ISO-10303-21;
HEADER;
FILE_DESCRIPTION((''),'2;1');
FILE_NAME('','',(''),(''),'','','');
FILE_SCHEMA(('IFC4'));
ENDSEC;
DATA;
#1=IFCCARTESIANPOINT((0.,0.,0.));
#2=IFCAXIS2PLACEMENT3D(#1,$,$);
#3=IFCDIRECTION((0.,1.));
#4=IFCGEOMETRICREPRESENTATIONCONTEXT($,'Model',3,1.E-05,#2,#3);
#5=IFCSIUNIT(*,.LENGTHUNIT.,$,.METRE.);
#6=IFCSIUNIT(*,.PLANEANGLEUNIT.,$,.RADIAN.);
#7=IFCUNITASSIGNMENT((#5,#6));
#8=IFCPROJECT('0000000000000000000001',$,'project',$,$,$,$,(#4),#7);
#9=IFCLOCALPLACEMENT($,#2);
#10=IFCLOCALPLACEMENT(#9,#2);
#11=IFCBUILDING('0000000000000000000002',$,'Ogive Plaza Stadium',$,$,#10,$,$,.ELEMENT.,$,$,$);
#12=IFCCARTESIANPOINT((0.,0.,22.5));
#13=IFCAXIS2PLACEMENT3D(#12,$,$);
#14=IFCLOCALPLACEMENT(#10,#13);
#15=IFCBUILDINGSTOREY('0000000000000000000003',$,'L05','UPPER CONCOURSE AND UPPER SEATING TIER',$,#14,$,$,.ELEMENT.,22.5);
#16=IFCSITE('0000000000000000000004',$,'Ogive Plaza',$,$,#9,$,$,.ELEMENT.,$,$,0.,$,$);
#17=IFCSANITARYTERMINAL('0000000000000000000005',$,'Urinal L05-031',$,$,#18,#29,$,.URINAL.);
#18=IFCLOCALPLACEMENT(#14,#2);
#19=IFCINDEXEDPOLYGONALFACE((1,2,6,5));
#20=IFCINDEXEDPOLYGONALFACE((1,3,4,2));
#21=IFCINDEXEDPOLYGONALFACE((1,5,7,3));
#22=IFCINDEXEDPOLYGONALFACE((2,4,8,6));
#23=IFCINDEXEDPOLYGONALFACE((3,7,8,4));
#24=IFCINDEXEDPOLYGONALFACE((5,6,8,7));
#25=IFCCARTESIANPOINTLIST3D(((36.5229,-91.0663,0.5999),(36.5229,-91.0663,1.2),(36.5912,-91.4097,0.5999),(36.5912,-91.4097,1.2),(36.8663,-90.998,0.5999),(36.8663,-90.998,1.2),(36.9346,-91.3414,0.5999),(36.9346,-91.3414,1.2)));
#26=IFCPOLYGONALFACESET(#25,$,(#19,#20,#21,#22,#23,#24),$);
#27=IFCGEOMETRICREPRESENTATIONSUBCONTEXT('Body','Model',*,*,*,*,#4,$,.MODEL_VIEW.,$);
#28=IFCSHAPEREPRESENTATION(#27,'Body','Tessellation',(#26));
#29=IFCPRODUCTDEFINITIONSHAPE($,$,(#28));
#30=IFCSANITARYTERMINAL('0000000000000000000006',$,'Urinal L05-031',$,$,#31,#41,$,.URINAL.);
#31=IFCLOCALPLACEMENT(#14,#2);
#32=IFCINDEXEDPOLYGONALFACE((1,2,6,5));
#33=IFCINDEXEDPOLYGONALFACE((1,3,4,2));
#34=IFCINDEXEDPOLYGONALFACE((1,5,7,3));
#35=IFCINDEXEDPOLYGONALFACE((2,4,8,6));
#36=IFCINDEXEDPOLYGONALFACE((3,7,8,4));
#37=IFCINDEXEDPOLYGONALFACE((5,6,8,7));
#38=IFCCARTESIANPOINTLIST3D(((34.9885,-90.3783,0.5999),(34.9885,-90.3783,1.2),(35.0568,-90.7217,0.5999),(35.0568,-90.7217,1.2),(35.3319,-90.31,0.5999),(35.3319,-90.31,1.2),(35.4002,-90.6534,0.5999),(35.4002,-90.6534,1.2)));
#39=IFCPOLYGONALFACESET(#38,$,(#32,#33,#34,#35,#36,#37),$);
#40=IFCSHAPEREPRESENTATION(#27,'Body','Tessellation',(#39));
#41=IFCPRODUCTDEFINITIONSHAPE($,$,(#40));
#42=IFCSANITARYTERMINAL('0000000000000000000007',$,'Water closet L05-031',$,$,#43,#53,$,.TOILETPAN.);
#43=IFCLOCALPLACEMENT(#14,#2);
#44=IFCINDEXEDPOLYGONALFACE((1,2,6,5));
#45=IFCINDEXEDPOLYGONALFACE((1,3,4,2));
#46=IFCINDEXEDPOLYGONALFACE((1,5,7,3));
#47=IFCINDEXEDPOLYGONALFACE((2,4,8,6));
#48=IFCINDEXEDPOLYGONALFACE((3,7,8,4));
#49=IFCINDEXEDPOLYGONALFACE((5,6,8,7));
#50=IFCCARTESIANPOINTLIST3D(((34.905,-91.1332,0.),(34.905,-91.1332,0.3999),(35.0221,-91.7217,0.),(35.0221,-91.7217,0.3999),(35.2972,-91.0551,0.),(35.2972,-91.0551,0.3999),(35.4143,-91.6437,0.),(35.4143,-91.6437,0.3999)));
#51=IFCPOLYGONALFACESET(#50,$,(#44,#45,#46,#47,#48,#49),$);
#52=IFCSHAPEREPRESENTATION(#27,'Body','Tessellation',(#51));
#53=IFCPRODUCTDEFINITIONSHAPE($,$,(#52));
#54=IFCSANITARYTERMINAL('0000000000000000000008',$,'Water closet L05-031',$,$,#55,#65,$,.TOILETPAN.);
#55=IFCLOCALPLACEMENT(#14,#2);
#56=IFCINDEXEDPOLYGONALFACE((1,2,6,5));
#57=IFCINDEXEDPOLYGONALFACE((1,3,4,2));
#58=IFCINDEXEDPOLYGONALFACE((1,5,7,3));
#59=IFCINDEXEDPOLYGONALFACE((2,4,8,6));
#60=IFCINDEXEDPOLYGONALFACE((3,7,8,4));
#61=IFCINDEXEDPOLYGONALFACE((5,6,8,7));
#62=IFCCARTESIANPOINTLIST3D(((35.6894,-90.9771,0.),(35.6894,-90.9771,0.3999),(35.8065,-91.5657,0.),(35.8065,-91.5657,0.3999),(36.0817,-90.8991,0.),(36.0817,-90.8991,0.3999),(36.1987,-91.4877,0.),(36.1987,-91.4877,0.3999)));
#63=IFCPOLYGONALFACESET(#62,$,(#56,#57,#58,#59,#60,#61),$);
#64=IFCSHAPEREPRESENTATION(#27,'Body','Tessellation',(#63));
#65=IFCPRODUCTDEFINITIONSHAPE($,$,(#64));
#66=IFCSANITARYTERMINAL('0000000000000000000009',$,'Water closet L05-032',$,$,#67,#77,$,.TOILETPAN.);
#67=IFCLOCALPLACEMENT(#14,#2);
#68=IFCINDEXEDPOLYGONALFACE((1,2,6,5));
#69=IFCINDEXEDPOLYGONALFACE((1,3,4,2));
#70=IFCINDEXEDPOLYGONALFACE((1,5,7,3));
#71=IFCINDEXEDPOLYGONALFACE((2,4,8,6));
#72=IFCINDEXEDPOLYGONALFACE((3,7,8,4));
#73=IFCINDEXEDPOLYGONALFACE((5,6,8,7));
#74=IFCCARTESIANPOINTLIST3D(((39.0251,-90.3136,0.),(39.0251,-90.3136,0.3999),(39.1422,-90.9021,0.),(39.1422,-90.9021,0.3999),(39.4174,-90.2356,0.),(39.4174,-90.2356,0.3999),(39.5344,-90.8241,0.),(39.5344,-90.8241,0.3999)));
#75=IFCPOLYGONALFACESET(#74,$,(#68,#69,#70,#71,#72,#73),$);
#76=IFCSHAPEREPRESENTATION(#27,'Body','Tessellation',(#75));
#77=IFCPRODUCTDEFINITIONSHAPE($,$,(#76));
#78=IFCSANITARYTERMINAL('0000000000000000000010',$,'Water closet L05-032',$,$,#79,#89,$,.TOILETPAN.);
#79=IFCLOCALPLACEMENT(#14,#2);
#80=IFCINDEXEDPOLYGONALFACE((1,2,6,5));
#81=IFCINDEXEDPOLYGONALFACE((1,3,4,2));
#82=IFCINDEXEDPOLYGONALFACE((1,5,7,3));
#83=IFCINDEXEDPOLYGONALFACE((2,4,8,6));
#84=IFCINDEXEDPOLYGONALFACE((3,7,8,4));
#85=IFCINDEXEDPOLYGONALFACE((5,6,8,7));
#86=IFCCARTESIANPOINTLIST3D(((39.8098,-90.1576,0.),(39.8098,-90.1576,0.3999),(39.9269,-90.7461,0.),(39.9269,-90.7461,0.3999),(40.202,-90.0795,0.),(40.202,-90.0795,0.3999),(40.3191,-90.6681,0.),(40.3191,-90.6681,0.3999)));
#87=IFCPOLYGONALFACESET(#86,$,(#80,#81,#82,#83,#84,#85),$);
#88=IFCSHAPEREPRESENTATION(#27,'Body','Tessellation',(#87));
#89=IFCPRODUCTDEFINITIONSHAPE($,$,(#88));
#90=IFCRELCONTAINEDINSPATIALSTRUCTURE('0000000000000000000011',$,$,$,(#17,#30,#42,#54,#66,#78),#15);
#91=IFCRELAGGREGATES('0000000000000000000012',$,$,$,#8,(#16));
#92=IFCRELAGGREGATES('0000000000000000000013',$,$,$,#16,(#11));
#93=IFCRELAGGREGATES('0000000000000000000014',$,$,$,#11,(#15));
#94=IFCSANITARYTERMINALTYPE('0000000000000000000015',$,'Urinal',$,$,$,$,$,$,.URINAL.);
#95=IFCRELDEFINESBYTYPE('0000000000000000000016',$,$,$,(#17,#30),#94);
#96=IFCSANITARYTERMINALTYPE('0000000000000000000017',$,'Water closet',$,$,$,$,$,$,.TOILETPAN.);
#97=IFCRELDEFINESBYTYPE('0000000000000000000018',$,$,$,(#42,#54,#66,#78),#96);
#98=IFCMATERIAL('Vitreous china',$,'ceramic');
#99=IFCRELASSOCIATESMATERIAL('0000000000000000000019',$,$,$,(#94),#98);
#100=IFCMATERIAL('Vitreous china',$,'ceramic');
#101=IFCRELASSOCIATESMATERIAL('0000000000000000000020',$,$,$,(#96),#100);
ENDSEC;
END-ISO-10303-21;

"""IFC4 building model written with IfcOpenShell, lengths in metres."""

from ifc_helpers import new_model, si_unit, direction, frame, origin, origin_2d, place, context, subcontext, project, spatial, rectangle, extrude, material, type_object, element, save


model = new_model("IFC4")

# Units and contexts
model_context = context("Model", 3, precision=1e-05, world=origin(), true_north=direction((0.0, 1.0)))
body_context = subcontext(model_context, "Body", "Model", "MODEL_VIEW")
ifc_project = project(units=[si_unit("LENGTHUNIT", "METRE"), si_unit("PLANEANGLEUNIT", "RADIAN")], contexts=[model_context])

# Site, building, storey
site_placement = place(None, origin())
site = spatial("IfcSite", under=ifc_project, at=site_placement, Name="Ogive Plaza", CompositionType="ELEMENT", RefElevation=0.0)
building_placement = place(site_placement, origin())
building = spatial("IfcBuilding", under=site, at=building_placement, Name="Ogive Plaza Stadium", CompositionType="ELEMENT")
storey_placement = place(building_placement, frame((0.0, 0.0, 22.5)))
storey = spatial("IfcBuildingStorey", under=building, at=storey_placement, Name="L05", Description="UPPER CONCOURSE AND UPPER SEATING TIER", CompositionType="ELEMENT", Elevation=22.5)

# Sanitary terminals
ifc_material_1 = material(Name="Vitreous china", Category="ceramic")
sanitary_terminal_type_1 = type_object("IfcSanitaryTerminalType", Name="Urinal", PredefinedType="URINAL", material=ifc_material_1)
for number, where, z_axis, x_axis, name in (
    (1, (36.7288, -91.2039, 0.5999), (0.0, 0.0, 1.0), (0.980785, 0.19509, 0.0), "Urinal L05-031"),
    (2, (35.1943, -90.5159, 0.5999), (0.0, 0.0, 1.0), (0.980785, 0.19509, 0.0), "Urinal L05-031"),
):
    element("IfcSanitaryTerminal", number, at=place(storey_placement, frame(where, z_axis=z_axis, x_axis=x_axis)), inside=storey, type_object=sanitary_terminal_type_1, Name=name, PredefinedType="URINAL", context=body_context, shape_type="SweptSolid", body=[
        extrude(rectangle(XDim=0.3501, YDim=0.3501, at=origin_2d()), origin(), (0.0, 0.0, 1.0), 0.6001),
    ])
ifc_material_2 = material(Name="Vitreous china", Category="ceramic")
sanitary_terminal_type_2 = type_object("IfcSanitaryTerminalType", Name="Water closet", PredefinedType="TOILETPAN", material=ifc_material_2)
for number, where, z_axis, x_axis, name in (
    (3, (35.1597, -91.3884, 0.0), (0.0, 0.0, 1.0), (0.980785, 0.19509, 0.0), "Water closet L05-031"),
    (4, (35.9441, -91.2324, 0.0), (0.0, 0.0, 1.0), (0.980785, 0.19509, 0.0), "Water closet L05-031"),
    (5, (39.2798, -90.5688, 0.0), (0.0, 0.0, 1.0), (0.980785, 0.19509, 0.0), "Water closet L05-032"),
    (6, (40.0645, -90.4128, 0.0), (0.0, 0.0, 1.0), (0.980785, 0.19509, 0.0), "Water closet L05-032"),
):
    element("IfcSanitaryTerminal", number, at=place(storey_placement, frame(where, z_axis=z_axis, x_axis=x_axis)), inside=storey, type_object=sanitary_terminal_type_2, Name=name, PredefinedType="TOILETPAN", context=body_context, shape_type="SweptSolid", body=[
        extrude(rectangle(XDim=0.3999, YDim=0.6001, at=origin_2d()), origin(), (0.0, 0.0, 1.0), 0.3999),
    ])

save(model, "model.ifc")
